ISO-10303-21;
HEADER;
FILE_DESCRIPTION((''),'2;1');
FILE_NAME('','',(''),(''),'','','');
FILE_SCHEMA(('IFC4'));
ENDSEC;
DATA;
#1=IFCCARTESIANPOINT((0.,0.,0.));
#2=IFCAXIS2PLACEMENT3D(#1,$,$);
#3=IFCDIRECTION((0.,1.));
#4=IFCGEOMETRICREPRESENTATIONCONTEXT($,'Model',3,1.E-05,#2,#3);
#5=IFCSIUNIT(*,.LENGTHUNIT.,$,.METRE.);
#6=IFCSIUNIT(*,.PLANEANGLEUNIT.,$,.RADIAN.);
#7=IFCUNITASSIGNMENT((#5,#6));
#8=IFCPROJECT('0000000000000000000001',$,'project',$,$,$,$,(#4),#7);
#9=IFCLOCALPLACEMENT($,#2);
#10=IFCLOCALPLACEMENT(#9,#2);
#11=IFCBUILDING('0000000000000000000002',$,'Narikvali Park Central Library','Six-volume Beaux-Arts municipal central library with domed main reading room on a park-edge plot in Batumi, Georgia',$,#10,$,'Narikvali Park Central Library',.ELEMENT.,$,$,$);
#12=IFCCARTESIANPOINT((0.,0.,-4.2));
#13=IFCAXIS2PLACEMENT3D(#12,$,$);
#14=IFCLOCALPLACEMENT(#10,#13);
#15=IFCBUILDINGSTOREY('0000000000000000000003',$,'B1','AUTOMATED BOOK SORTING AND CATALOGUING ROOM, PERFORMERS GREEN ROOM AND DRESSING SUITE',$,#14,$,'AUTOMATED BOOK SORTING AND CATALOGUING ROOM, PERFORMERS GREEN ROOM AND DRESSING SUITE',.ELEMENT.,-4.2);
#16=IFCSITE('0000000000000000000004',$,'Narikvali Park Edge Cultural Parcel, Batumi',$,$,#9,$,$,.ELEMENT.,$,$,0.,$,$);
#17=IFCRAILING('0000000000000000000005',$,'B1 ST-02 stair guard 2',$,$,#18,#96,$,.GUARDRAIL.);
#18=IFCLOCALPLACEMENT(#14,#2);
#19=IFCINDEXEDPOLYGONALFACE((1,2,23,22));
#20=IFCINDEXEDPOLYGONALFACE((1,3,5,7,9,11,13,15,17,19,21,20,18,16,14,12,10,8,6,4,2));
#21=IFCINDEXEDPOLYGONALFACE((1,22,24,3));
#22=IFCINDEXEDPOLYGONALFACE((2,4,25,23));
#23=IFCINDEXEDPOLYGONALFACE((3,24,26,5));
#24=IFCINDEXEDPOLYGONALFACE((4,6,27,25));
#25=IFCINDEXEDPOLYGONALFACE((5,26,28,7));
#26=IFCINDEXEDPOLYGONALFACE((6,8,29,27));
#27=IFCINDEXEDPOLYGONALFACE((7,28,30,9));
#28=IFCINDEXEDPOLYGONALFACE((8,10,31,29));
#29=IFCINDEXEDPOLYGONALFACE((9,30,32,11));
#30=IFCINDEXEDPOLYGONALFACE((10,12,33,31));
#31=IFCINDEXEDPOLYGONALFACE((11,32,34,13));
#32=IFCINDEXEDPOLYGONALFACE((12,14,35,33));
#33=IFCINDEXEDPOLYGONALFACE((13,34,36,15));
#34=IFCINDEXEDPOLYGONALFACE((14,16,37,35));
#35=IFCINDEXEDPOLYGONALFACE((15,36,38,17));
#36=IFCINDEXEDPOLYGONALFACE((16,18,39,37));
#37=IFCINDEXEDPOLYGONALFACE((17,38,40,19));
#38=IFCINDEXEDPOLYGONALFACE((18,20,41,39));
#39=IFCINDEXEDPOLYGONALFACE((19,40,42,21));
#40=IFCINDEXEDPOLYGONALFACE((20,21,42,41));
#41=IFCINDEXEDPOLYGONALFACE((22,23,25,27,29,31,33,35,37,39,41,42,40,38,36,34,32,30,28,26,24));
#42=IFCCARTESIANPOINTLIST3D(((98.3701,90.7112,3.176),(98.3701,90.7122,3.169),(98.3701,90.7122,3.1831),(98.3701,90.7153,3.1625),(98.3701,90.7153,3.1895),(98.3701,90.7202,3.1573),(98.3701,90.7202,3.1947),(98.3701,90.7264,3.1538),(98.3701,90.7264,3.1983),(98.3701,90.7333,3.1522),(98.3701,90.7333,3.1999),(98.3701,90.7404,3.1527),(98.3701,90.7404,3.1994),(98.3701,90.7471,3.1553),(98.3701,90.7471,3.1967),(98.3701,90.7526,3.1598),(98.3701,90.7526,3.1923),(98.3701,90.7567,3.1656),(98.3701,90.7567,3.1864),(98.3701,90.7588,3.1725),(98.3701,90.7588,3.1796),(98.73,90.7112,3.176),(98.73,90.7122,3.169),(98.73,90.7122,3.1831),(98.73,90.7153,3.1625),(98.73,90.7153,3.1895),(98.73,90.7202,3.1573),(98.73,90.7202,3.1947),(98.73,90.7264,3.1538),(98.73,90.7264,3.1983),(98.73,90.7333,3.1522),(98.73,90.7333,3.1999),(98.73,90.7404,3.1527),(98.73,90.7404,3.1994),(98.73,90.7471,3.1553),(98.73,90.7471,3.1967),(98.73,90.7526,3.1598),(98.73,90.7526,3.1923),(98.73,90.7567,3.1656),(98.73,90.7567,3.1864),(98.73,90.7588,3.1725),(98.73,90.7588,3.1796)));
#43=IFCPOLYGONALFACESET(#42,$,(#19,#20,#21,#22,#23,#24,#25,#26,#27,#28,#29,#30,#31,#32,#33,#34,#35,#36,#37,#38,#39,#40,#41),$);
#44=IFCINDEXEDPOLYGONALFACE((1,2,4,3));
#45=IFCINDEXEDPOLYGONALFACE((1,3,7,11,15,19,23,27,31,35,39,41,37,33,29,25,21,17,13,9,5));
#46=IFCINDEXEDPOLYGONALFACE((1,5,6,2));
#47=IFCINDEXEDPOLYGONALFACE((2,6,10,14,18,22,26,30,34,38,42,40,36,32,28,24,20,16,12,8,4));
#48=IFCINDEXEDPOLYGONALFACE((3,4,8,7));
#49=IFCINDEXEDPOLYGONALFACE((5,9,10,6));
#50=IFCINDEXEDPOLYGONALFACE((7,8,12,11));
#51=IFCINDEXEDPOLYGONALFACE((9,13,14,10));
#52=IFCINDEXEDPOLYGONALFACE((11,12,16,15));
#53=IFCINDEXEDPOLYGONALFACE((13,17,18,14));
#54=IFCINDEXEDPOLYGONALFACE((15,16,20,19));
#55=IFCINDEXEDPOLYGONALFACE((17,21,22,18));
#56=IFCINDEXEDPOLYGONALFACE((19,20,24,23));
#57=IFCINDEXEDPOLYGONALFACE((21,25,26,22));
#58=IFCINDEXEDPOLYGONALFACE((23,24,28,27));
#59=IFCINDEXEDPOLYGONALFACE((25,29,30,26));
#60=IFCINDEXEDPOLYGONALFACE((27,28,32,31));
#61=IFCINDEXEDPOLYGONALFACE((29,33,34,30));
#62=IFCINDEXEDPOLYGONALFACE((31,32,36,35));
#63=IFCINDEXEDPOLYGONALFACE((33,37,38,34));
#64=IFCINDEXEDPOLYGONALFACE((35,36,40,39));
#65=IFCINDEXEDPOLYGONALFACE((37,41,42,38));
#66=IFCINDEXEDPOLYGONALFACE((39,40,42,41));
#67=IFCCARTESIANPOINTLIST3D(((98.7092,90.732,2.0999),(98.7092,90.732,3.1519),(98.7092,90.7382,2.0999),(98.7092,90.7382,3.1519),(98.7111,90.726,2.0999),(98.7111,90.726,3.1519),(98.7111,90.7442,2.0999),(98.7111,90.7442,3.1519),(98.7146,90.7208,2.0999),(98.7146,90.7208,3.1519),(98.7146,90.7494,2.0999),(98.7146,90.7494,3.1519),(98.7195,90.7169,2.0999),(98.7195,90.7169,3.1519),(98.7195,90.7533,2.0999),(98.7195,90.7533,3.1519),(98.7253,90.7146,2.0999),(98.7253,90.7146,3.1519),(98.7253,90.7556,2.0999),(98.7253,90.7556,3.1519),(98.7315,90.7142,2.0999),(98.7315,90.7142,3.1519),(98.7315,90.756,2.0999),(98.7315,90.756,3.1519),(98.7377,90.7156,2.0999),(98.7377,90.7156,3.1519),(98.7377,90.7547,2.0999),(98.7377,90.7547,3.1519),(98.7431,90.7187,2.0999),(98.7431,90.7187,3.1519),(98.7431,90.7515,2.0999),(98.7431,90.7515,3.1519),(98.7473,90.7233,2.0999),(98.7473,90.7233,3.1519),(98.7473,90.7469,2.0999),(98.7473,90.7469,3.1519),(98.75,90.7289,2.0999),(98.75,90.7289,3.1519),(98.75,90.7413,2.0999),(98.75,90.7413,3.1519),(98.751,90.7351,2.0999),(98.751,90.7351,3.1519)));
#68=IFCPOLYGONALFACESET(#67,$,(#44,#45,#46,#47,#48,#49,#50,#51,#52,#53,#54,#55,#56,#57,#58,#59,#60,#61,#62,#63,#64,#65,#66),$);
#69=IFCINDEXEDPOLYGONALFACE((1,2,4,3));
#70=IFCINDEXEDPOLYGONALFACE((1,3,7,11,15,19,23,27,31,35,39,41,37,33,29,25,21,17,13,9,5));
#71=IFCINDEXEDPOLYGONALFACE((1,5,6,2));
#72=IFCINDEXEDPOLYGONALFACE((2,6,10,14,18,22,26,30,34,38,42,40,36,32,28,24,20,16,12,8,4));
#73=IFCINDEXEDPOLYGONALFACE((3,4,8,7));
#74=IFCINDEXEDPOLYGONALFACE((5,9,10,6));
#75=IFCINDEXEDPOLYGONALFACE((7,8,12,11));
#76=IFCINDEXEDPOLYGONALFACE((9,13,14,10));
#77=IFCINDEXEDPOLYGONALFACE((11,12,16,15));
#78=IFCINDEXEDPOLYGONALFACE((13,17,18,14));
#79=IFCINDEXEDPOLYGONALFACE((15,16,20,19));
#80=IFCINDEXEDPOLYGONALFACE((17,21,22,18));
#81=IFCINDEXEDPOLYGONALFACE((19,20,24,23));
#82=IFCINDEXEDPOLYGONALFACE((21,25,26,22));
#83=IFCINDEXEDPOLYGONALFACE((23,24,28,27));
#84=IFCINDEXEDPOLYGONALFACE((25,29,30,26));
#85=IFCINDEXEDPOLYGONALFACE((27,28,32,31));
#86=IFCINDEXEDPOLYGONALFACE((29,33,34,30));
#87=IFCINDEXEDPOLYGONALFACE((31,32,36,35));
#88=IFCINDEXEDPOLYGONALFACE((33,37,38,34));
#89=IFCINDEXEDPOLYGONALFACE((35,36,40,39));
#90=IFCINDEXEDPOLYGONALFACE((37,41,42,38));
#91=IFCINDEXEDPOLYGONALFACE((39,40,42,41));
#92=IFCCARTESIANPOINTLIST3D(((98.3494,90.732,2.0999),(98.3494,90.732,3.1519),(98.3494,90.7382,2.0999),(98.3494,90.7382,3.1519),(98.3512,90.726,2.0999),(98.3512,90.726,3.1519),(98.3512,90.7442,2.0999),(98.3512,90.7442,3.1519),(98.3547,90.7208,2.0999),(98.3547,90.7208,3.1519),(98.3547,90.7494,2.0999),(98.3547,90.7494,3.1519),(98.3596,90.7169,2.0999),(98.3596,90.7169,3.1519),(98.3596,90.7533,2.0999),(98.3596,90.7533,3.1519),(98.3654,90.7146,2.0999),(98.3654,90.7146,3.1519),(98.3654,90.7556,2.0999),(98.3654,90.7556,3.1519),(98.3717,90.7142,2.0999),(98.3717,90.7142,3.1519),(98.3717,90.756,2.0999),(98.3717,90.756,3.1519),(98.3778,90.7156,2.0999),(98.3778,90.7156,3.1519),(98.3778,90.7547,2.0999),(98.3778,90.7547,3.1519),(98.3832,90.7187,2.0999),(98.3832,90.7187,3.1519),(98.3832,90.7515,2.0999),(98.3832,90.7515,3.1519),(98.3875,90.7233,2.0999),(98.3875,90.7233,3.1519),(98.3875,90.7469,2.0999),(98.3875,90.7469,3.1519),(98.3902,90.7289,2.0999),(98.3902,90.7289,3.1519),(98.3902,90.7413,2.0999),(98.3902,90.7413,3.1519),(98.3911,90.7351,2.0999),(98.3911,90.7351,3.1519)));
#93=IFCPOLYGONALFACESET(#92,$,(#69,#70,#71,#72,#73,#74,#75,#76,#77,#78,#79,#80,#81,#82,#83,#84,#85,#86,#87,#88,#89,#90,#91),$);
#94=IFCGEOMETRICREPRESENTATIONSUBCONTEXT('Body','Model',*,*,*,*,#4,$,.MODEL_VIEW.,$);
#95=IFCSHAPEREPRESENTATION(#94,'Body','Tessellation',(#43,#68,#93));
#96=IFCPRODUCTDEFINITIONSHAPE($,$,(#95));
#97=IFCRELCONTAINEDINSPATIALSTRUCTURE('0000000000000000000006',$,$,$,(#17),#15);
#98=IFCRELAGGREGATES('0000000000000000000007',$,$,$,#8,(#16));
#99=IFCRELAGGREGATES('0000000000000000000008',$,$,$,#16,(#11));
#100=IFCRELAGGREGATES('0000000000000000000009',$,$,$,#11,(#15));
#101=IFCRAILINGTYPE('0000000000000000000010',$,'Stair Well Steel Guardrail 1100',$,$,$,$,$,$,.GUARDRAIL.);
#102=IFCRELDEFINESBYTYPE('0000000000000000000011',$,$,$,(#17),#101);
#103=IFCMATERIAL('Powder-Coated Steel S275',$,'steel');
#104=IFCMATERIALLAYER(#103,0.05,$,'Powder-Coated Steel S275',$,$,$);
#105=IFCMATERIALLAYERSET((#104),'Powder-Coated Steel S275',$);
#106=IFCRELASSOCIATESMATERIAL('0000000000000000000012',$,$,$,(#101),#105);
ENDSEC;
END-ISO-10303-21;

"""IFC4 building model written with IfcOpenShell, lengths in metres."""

from ifc_helpers import new_model, si_unit, direction, frame, origin, origin_2d, place, context, subcontext, project, spatial, circle, extrude, material, layer, layer_set, type_object, element, save


model = new_model("IFC4")

# Units and contexts
model_context = context("Model", 3, precision=1e-05, world=origin(), true_north=direction((0.0, 1.0)))
body_context = subcontext(model_context, "Body", "Model", "MODEL_VIEW")
ifc_project = project(units=[si_unit("LENGTHUNIT", "METRE"), si_unit("PLANEANGLEUNIT", "RADIAN")], contexts=[model_context])

# Site, building, storey
site_placement = place(None, origin())
site = spatial("IfcSite", under=ifc_project, at=site_placement, Name="Narikvali Park Edge Cultural Parcel, Batumi", CompositionType="ELEMENT", RefElevation=0.0)
building_placement = place(site_placement, origin())
building = spatial("IfcBuilding", under=site, at=building_placement, Name="Narikvali Park Central Library", Description="Six-volume Beaux-Arts municipal central library with domed main reading room on a park-edge plot in Batumi, Georgia", LongName="Narikvali Park Central Library", CompositionType="ELEMENT")
storey_placement = place(building_placement, frame((0.0, 0.0, -4.2)))
storey = spatial("IfcBuildingStorey", under=building, at=storey_placement, Name="B1", Description="AUTOMATED BOOK SORTING AND CATALOGUING ROOM, PERFORMERS GREEN ROOM AND DRESSING SUITE", LongName="AUTOMATED BOOK SORTING AND CATALOGUING ROOM, PERFORMERS GREEN ROOM AND DRESSING SUITE", CompositionType="ELEMENT", Elevation=-4.2)

# Railing
ifc_material_1 = material(Name="Powder-Coated Steel S275", Category="steel")
ifc_layer_1 = layer(ifc_material_1, 0.05, Name="Powder-Coated Steel S275")
ifc_layer_set_1 = layer_set([ifc_layer_1], Name="Powder-Coated Steel S275")
railing_type = type_object("IfcRailingType", Name="Stair Well Steel Guardrail 1100", PredefinedType="GUARDRAIL", material=ifc_layer_set_1)
railing_1_placement = place(storey_placement, frame((98.73, 90.7351, 2.0999)))
element("IfcRailing", 1, at=railing_1_placement, inside=storey, type_object=railing_type, Name="B1 ST-02 stair guard 2", PredefinedType="GUARDRAIL", context=body_context, shape_type="SweptSolid", body=[
    extrude(circle(Radius=0.0239, at=origin_2d()), frame((0.0, 0.0, 1.0762), z_axis=(-1.0, 0.0, 0.0), x_axis=(0.0, -1.0, 0.0)), (0.0, 0.0, 1.0), 0.3599),
    extrude(circle(Radius=0.021, at=origin_2d()), origin(), (0.0, 0.0, 1.0), 1.052),
    extrude(circle(Radius=0.021, at=origin_2d()), frame((-0.3599, 0.0, 0.0)), (0.0, 0.0, 1.0), 1.052),
])

save(model, "model.ifc")
